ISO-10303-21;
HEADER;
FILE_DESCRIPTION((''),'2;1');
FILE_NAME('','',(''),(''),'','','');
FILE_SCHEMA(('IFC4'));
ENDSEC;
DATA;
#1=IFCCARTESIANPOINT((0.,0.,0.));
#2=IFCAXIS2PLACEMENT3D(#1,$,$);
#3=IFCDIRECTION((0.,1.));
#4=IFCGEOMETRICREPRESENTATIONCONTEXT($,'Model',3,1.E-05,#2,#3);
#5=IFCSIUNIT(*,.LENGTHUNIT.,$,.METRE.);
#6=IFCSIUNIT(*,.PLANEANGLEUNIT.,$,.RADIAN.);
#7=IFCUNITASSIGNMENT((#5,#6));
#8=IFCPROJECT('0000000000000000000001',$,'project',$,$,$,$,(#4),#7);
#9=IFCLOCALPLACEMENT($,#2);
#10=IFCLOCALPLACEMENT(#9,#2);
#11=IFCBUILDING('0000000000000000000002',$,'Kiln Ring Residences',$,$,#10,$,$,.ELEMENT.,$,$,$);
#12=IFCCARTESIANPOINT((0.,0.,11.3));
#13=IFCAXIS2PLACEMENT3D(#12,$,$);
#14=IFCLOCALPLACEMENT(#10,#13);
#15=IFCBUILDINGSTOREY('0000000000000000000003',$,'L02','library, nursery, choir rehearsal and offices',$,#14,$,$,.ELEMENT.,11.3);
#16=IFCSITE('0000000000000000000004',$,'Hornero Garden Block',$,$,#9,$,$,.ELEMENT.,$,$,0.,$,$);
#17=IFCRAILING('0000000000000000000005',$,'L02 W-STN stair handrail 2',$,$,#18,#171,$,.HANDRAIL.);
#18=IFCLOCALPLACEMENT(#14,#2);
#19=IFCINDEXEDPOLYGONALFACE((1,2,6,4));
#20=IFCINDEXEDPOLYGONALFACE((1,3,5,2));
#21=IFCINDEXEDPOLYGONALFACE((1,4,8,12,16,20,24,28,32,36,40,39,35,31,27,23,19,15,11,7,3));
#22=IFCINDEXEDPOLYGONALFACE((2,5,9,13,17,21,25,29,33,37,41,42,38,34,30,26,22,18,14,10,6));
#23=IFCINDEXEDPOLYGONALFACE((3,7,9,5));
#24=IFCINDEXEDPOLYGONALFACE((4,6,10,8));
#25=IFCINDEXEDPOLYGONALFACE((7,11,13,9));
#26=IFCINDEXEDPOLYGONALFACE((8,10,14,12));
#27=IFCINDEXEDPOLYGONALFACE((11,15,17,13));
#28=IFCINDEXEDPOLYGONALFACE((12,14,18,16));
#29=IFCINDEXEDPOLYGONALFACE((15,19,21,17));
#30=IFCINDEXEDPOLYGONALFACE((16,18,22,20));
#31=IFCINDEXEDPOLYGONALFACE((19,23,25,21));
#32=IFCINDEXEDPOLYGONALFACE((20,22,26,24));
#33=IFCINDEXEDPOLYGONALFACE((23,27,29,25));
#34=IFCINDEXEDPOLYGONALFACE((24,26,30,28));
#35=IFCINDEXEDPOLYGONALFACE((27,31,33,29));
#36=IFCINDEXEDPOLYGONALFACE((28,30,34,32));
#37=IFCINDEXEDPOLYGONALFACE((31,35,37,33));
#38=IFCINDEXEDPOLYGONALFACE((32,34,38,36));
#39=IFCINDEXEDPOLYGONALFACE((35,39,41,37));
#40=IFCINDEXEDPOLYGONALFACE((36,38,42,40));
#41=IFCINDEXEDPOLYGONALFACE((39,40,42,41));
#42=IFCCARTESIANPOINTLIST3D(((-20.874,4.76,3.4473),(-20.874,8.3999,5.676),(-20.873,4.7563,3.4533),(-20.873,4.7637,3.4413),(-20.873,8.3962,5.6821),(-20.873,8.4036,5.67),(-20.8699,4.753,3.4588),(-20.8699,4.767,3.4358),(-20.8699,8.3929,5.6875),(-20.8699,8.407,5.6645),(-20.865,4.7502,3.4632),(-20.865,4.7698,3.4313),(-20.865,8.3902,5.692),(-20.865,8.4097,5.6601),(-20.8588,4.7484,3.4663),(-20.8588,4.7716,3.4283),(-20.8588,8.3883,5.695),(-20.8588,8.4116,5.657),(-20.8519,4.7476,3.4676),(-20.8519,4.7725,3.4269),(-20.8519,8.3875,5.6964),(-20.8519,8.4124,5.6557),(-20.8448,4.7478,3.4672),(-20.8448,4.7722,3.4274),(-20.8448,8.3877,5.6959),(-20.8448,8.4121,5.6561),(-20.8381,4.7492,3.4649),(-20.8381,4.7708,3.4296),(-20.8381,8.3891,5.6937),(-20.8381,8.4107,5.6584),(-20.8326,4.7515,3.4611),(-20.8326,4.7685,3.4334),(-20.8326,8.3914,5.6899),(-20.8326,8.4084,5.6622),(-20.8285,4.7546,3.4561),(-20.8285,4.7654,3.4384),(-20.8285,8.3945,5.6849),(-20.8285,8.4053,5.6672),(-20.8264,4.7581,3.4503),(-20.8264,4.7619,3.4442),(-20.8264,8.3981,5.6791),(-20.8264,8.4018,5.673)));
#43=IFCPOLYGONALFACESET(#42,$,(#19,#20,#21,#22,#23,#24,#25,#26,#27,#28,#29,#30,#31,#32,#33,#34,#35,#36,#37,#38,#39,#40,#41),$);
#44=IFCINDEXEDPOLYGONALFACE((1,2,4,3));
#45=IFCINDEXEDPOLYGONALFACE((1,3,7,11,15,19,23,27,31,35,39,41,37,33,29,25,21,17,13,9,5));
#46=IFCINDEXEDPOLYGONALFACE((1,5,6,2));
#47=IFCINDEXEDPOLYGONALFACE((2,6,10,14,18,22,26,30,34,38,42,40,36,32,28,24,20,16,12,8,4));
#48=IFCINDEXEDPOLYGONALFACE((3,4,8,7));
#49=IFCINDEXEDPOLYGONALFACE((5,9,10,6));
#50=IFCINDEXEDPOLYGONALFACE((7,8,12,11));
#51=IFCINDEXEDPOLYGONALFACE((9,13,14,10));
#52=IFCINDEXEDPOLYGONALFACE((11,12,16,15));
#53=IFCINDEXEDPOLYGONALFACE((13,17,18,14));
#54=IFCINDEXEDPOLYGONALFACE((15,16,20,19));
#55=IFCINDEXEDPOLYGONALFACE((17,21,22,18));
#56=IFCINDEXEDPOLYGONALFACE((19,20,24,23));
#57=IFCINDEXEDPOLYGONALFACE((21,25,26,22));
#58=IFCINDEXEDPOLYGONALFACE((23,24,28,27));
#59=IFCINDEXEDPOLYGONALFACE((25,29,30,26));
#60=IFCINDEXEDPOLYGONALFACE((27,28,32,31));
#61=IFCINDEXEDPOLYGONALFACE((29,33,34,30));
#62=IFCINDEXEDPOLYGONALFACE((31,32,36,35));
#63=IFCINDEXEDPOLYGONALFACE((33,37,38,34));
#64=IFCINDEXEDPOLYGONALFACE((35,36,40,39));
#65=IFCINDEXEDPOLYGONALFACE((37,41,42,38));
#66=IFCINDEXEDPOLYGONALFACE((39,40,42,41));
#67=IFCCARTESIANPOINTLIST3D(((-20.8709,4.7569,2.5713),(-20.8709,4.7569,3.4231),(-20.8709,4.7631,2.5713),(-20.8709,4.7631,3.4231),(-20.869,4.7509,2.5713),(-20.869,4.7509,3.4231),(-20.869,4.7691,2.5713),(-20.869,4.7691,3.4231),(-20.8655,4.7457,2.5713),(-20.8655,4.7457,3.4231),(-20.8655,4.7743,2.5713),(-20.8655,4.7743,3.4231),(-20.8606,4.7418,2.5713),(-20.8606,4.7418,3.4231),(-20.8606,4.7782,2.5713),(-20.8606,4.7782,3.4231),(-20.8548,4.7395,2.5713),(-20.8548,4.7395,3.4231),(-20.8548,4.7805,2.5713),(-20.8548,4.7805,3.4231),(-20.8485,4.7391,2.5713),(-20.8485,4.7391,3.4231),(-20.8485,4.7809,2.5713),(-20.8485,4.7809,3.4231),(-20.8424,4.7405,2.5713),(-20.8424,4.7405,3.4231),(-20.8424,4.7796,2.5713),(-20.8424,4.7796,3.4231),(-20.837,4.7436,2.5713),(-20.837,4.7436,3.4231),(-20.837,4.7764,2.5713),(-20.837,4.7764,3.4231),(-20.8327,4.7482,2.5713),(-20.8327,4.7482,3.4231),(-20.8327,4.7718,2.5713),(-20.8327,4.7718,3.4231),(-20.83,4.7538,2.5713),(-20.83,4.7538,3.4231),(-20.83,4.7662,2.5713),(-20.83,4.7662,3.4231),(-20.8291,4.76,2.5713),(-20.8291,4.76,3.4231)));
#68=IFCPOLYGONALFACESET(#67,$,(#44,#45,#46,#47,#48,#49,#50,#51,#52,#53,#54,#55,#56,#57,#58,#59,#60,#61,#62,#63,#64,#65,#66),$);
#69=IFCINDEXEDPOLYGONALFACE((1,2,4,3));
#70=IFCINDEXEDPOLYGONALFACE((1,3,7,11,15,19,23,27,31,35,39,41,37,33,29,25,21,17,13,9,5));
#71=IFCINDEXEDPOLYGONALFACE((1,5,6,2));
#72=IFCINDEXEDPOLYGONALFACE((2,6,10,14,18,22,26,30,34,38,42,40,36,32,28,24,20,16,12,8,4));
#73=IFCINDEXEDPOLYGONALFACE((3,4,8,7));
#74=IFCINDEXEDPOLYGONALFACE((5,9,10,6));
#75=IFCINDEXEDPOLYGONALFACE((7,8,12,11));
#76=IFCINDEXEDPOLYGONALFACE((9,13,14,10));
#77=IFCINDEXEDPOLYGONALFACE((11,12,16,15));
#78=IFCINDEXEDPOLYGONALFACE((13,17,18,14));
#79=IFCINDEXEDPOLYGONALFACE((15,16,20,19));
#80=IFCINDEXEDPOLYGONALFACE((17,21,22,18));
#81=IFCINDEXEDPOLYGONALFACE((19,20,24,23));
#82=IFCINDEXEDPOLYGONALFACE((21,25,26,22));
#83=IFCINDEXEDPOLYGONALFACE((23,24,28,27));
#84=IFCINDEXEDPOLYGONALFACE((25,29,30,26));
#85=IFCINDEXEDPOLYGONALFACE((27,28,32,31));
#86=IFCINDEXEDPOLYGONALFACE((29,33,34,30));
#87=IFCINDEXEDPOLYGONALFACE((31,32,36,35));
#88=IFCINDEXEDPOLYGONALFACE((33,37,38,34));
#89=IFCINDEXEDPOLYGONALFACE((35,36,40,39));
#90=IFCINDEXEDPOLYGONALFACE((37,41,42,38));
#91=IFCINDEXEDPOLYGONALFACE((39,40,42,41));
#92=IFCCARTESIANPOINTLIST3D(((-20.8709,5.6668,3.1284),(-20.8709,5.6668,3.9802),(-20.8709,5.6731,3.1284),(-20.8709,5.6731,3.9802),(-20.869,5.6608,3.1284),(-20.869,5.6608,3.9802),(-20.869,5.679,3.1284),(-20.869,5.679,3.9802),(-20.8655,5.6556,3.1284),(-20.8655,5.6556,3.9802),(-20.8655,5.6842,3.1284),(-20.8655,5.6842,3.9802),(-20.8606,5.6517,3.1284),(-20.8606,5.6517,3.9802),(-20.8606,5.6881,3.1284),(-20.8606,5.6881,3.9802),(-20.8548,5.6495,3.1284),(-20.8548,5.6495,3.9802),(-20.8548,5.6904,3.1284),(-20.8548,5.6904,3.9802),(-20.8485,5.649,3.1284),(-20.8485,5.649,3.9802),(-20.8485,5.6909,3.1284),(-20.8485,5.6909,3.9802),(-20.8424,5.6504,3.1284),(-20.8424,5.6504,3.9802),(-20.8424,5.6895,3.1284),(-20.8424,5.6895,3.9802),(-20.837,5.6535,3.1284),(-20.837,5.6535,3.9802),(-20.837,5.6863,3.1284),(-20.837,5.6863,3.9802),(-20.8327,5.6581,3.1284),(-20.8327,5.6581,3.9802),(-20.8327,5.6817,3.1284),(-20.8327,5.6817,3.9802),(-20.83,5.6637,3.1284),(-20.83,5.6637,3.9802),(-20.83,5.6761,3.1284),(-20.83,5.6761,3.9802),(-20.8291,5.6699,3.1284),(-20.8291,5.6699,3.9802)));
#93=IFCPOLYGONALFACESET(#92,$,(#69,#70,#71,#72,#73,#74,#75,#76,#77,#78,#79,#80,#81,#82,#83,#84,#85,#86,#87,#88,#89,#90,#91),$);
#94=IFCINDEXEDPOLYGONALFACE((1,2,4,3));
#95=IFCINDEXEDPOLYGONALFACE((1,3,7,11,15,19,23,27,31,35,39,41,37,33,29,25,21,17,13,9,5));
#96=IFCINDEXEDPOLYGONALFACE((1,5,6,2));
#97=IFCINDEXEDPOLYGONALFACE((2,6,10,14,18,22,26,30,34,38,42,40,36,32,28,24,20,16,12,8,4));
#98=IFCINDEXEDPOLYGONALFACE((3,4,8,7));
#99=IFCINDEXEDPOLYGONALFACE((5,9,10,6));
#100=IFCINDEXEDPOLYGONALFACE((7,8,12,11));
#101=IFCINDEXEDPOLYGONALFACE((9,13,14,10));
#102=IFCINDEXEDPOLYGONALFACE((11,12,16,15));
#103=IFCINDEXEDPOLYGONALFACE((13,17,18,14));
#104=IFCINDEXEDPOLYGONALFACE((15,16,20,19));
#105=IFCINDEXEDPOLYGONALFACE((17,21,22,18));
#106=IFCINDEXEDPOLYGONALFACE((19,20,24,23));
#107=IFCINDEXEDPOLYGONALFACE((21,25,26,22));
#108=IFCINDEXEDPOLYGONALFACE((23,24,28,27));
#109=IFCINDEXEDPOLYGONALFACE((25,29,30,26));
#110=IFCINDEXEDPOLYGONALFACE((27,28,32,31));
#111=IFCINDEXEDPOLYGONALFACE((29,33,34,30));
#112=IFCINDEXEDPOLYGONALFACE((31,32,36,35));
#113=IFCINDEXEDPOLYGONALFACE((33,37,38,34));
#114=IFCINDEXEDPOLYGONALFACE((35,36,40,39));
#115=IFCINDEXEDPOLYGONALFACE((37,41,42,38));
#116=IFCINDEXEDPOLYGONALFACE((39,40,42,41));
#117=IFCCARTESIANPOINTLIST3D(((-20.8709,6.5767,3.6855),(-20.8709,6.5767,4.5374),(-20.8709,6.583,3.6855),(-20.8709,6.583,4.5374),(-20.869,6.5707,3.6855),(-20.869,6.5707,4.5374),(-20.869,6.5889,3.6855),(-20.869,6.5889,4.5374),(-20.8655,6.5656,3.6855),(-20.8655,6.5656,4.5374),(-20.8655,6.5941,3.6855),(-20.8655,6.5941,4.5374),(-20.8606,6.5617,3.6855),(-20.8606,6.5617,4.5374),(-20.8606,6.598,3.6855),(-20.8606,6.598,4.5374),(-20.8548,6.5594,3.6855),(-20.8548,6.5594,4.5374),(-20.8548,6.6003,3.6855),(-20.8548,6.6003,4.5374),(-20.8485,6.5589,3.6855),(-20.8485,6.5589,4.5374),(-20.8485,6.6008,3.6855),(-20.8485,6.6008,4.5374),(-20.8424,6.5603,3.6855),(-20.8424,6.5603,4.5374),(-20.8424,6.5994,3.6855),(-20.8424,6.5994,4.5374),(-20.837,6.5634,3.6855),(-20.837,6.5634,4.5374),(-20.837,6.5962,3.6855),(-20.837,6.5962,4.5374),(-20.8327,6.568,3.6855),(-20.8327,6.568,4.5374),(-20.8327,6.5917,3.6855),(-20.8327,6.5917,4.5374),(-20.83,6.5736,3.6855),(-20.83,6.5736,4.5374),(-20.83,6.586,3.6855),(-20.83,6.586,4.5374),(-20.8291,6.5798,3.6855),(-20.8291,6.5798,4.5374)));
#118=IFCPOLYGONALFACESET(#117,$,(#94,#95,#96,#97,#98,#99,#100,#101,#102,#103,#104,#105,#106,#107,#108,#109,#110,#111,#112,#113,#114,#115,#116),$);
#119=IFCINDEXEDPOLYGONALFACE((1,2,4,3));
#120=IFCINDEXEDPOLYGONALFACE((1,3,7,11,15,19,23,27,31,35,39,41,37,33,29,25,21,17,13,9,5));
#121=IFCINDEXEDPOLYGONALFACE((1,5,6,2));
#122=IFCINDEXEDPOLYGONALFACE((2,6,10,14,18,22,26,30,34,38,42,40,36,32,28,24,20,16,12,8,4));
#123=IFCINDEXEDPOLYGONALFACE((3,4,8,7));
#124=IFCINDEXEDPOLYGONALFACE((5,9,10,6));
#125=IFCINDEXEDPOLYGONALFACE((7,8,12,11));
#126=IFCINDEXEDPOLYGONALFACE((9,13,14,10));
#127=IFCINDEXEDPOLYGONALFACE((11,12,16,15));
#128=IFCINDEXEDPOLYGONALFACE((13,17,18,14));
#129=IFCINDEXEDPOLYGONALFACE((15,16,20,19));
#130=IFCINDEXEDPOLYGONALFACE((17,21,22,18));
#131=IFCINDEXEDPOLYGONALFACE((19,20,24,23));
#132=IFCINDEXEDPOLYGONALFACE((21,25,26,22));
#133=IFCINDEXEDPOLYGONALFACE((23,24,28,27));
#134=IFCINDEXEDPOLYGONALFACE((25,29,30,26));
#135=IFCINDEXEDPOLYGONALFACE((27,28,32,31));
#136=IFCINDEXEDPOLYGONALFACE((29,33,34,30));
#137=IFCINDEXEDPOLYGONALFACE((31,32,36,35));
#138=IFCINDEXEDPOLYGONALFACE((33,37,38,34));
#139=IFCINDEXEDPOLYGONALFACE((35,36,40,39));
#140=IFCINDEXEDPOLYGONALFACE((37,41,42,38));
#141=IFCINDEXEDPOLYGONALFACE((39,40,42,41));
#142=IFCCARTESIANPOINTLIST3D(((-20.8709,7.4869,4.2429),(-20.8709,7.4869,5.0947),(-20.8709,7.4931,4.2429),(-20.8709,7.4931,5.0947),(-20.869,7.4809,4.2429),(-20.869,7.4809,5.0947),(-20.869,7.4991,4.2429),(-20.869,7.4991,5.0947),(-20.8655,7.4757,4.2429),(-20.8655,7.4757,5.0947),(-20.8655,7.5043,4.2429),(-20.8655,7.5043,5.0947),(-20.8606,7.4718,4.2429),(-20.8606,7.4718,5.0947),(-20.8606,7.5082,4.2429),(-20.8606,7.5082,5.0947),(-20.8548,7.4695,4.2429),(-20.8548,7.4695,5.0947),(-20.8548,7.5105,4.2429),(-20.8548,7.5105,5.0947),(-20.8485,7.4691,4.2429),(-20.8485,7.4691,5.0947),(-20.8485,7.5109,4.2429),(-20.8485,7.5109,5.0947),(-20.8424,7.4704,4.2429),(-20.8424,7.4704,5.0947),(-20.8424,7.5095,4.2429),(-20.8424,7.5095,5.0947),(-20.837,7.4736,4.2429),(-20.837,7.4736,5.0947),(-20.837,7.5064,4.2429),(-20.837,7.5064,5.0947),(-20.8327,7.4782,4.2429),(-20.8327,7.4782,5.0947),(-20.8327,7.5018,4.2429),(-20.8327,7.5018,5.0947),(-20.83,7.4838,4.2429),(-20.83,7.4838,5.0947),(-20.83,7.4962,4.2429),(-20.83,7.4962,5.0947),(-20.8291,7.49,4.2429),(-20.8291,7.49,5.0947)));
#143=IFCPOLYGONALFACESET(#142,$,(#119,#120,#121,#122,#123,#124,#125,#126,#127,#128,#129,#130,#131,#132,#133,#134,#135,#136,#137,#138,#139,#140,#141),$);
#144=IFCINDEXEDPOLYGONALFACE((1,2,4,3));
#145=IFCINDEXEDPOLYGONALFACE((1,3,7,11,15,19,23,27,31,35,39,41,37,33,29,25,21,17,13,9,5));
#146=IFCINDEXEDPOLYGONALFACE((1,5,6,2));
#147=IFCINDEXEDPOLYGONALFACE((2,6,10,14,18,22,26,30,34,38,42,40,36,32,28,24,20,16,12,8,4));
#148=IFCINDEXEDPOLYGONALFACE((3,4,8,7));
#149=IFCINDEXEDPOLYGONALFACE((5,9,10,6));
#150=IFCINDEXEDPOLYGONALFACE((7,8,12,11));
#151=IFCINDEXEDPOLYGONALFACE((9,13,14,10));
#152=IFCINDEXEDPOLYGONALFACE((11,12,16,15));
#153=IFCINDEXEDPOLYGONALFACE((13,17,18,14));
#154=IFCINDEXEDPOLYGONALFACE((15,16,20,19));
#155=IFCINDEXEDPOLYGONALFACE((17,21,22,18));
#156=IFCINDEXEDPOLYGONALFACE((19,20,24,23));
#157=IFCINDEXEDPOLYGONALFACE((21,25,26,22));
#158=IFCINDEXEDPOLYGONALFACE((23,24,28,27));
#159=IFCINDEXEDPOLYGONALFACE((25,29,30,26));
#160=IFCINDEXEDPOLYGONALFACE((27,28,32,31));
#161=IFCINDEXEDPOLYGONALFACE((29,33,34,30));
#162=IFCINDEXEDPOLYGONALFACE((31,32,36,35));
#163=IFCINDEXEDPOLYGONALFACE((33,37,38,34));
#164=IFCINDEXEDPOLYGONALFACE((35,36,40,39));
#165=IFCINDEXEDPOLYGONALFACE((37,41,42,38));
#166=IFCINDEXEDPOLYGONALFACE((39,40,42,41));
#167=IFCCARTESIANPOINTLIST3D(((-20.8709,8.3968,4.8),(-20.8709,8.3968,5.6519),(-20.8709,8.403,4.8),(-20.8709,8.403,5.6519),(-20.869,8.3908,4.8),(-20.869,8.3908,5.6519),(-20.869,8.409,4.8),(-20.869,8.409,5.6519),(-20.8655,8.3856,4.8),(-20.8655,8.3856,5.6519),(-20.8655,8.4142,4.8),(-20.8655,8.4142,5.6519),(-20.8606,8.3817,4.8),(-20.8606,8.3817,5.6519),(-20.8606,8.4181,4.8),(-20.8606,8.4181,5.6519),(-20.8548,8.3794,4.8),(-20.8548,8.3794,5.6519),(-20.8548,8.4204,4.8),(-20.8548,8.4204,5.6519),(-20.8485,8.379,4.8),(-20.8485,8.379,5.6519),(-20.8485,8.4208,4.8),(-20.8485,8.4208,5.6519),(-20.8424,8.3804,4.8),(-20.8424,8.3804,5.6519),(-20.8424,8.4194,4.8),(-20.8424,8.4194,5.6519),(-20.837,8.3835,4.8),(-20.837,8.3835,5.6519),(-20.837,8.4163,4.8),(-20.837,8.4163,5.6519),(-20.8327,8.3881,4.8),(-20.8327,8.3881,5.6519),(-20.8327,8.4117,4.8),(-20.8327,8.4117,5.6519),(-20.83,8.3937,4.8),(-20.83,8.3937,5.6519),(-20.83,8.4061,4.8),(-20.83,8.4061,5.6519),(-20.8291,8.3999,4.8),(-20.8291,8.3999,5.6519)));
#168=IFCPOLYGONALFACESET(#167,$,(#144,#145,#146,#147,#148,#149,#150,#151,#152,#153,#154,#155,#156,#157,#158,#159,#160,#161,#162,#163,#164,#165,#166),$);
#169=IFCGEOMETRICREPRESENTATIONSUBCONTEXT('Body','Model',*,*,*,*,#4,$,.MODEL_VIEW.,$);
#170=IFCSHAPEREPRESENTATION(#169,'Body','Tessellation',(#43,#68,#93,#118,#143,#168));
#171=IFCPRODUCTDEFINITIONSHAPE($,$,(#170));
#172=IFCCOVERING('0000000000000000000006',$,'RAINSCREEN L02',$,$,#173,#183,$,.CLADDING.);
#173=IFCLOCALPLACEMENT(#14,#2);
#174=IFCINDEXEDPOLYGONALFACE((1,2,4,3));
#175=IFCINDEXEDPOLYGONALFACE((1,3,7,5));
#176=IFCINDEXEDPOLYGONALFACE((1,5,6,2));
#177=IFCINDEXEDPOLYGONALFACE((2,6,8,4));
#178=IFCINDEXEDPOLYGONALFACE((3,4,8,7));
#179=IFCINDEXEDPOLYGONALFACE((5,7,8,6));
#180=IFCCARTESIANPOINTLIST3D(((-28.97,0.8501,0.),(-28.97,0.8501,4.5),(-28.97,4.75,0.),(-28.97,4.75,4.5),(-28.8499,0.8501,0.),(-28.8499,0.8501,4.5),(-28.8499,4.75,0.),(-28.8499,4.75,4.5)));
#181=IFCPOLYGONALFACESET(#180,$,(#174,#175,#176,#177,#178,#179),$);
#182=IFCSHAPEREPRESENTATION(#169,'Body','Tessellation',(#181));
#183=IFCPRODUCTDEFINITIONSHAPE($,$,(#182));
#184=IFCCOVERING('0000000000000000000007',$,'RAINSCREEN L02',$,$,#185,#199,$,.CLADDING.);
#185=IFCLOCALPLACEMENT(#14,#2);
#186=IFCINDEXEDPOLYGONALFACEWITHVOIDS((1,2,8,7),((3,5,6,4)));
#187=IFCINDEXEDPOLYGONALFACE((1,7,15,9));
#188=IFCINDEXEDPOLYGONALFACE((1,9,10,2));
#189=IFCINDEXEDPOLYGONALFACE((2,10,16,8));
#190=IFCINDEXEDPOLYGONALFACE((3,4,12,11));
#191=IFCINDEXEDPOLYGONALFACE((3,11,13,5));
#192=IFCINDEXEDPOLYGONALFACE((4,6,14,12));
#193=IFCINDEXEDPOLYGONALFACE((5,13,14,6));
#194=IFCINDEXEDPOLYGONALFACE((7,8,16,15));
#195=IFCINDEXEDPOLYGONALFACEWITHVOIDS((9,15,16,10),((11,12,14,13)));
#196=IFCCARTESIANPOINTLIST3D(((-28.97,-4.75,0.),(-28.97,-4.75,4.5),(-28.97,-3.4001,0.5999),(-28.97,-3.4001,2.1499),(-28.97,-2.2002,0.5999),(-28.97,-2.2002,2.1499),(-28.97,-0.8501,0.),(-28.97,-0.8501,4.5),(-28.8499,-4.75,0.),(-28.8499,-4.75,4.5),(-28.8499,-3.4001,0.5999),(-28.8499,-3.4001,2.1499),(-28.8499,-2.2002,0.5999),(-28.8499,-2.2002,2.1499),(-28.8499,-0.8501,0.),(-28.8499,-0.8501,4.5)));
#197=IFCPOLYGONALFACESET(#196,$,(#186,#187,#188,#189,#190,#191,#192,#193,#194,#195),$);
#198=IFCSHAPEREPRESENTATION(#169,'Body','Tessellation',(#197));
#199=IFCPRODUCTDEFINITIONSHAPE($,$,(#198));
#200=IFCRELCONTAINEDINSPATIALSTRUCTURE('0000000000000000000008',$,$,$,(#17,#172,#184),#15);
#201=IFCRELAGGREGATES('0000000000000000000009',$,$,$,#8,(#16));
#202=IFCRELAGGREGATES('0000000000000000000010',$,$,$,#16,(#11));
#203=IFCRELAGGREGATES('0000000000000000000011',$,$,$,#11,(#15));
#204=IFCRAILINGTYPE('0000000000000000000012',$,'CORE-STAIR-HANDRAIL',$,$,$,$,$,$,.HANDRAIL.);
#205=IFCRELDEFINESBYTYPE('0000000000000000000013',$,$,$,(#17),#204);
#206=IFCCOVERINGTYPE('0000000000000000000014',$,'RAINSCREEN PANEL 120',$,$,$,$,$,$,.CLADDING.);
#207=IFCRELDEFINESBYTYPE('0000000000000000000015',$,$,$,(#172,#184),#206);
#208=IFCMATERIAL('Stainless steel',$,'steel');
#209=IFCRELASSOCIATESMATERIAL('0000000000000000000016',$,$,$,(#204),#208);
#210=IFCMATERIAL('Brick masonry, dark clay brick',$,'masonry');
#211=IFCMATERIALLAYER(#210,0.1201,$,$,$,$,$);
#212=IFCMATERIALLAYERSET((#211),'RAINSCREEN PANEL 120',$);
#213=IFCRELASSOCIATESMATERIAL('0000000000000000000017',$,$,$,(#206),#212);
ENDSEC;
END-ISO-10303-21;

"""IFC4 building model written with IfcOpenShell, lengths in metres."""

from ifc_helpers import new_model, si_unit, direction, frame, origin, origin_2d, place, context, subcontext, project, spatial, polyline, circle, outline, extrude, material, layer, layer_set, type_object, element, save


model = new_model("IFC4")

# Units and contexts
model_context = context("Model", 3, precision=1e-05, world=origin(), true_north=direction((0.0, 1.0)))
body_context = subcontext(model_context, "Body", "Model", "MODEL_VIEW")
ifc_project = project(units=[si_unit("LENGTHUNIT", "METRE"), si_unit("PLANEANGLEUNIT", "RADIAN")], contexts=[model_context])

# Site, building, storey
site_placement = place(None, origin())
site = spatial("IfcSite", under=ifc_project, at=site_placement, Name="Hornero Garden Block", CompositionType="ELEMENT", RefElevation=0.0)
building_placement = place(site_placement, origin())
building = spatial("IfcBuilding", under=site, at=building_placement, Name="Kiln Ring Residences", CompositionType="ELEMENT")
storey_placement = place(building_placement, frame((0.0, 0.0, 11.3)))
storey = spatial("IfcBuildingStorey", under=building, at=storey_placement, Name="L02", Description="library, nursery, choir rehearsal and offices", CompositionType="ELEMENT", Elevation=11.3)

# Railing
ifc_material_1 = material(Name="Stainless steel", Category="steel")
railing_type_1 = type_object("IfcRailingType", Name="CORE-STAIR-HANDRAIL", PredefinedType="HANDRAIL", material=ifc_material_1)
railing_1_placement = place(storey_placement, frame((-20.8501, 4.76, 2.5713)))
element("IfcRailing", 1, at=railing_1_placement, inside=storey, type_object=railing_type_1, Name="L02 W-STN stair handrail 2", PredefinedType="HANDRAIL", context=body_context, shape_type="SweptSolid", body=[
    extrude(circle(Radius=0.0239, at=origin_2d()), frame((0.0, 0.0, 0.876), z_axis=(0.0, 0.852825, 0.522197), x_axis=(-1.0, 0.0, 0.0)), (0.0, 0.0, 1.0), 4.2681),
    extrude(circle(Radius=0.021, at=origin_2d()), origin(), (0.0, 0.0, 1.0), 0.8518),
    extrude(circle(Radius=0.021, at=origin_2d()), frame((0.0, 0.9099, 0.5571)), (0.0, 0.0, 1.0), 0.8518),
    extrude(circle(Radius=0.021, at=origin_2d()), frame((0.0, 1.8198, 1.1143)), (0.0, 0.0, 1.0), 0.8518),
    extrude(circle(Radius=0.021, at=origin_2d()), frame((0.0, 2.73, 1.6716)), (0.0, 0.0, 1.0), 0.8518),
    extrude(circle(Radius=0.021, at=origin_2d()), frame((0.0, 3.6399, 2.2288)), (0.0, 0.0, 1.0), 0.8518),
])

# Coverings
ifc_material_2 = material(Name="Brick masonry, dark clay brick", Category="masonry")
ifc_layer_1 = layer(ifc_material_2, 0.1201)
ifc_layer_set_1 = layer_set([ifc_layer_1], Name="RAINSCREEN PANEL 120")
covering_type = type_object("IfcCoveringType", Name="RAINSCREEN PANEL 120", PredefinedType="CLADDING", material=ifc_layer_set_1)
covering_1_placement = place(storey_placement, frame((-28.9099, 4.75, 0.0), z_axis=(0.0, 0.0, 1.0), x_axis=(0.0, -1.0, 0.0)))
element("IfcCovering", 2, at=covering_1_placement, inside=storey, type_object=covering_type, Name="RAINSCREEN L02", PredefinedType="CLADDING", context=body_context, shape_type="SweptSolid", body=[
    extrude(outline(polyline([(0.0, 0.0), (3.8999, 0.0), (3.8999, 4.5), (0.0, 4.5), (0.0, 0.0)])), frame((0.0, 0.0601, 0.0), z_axis=(0.0, -1.0, 0.0), x_axis=(1.0, 0.0, 0.0)), (0.0, 0.0, 1.0), 0.1201),
])
covering_2_placement = place(storey_placement, frame((-28.9099, -0.8501, 0.0), z_axis=(0.0, 0.0, 1.0), x_axis=(0.0, -1.0, 0.0)))
element("IfcCovering", 3, at=covering_2_placement, inside=storey, type_object=covering_type, Name="RAINSCREEN L02", PredefinedType="CLADDING", context=body_context, shape_type="SweptSolid", body=[
    extrude(outline(polyline([(0.0, 0.0), (3.8999, 0.0), (3.8999, 4.5), (0.0, 4.5), (0.0, 0.0)]), holes=[polyline([(1.3501, 2.1499), (1.3501, 0.5999), (2.55, 0.5999), (2.55, 2.1499), (1.3501, 2.1499)])]), frame((0.0, 0.0601, 0.0), z_axis=(0.0, -1.0, 0.0), x_axis=(1.0, 0.0, 0.0)), (0.0, 0.0, 1.0), 0.1201),
])

save(model, "model.ifc")
